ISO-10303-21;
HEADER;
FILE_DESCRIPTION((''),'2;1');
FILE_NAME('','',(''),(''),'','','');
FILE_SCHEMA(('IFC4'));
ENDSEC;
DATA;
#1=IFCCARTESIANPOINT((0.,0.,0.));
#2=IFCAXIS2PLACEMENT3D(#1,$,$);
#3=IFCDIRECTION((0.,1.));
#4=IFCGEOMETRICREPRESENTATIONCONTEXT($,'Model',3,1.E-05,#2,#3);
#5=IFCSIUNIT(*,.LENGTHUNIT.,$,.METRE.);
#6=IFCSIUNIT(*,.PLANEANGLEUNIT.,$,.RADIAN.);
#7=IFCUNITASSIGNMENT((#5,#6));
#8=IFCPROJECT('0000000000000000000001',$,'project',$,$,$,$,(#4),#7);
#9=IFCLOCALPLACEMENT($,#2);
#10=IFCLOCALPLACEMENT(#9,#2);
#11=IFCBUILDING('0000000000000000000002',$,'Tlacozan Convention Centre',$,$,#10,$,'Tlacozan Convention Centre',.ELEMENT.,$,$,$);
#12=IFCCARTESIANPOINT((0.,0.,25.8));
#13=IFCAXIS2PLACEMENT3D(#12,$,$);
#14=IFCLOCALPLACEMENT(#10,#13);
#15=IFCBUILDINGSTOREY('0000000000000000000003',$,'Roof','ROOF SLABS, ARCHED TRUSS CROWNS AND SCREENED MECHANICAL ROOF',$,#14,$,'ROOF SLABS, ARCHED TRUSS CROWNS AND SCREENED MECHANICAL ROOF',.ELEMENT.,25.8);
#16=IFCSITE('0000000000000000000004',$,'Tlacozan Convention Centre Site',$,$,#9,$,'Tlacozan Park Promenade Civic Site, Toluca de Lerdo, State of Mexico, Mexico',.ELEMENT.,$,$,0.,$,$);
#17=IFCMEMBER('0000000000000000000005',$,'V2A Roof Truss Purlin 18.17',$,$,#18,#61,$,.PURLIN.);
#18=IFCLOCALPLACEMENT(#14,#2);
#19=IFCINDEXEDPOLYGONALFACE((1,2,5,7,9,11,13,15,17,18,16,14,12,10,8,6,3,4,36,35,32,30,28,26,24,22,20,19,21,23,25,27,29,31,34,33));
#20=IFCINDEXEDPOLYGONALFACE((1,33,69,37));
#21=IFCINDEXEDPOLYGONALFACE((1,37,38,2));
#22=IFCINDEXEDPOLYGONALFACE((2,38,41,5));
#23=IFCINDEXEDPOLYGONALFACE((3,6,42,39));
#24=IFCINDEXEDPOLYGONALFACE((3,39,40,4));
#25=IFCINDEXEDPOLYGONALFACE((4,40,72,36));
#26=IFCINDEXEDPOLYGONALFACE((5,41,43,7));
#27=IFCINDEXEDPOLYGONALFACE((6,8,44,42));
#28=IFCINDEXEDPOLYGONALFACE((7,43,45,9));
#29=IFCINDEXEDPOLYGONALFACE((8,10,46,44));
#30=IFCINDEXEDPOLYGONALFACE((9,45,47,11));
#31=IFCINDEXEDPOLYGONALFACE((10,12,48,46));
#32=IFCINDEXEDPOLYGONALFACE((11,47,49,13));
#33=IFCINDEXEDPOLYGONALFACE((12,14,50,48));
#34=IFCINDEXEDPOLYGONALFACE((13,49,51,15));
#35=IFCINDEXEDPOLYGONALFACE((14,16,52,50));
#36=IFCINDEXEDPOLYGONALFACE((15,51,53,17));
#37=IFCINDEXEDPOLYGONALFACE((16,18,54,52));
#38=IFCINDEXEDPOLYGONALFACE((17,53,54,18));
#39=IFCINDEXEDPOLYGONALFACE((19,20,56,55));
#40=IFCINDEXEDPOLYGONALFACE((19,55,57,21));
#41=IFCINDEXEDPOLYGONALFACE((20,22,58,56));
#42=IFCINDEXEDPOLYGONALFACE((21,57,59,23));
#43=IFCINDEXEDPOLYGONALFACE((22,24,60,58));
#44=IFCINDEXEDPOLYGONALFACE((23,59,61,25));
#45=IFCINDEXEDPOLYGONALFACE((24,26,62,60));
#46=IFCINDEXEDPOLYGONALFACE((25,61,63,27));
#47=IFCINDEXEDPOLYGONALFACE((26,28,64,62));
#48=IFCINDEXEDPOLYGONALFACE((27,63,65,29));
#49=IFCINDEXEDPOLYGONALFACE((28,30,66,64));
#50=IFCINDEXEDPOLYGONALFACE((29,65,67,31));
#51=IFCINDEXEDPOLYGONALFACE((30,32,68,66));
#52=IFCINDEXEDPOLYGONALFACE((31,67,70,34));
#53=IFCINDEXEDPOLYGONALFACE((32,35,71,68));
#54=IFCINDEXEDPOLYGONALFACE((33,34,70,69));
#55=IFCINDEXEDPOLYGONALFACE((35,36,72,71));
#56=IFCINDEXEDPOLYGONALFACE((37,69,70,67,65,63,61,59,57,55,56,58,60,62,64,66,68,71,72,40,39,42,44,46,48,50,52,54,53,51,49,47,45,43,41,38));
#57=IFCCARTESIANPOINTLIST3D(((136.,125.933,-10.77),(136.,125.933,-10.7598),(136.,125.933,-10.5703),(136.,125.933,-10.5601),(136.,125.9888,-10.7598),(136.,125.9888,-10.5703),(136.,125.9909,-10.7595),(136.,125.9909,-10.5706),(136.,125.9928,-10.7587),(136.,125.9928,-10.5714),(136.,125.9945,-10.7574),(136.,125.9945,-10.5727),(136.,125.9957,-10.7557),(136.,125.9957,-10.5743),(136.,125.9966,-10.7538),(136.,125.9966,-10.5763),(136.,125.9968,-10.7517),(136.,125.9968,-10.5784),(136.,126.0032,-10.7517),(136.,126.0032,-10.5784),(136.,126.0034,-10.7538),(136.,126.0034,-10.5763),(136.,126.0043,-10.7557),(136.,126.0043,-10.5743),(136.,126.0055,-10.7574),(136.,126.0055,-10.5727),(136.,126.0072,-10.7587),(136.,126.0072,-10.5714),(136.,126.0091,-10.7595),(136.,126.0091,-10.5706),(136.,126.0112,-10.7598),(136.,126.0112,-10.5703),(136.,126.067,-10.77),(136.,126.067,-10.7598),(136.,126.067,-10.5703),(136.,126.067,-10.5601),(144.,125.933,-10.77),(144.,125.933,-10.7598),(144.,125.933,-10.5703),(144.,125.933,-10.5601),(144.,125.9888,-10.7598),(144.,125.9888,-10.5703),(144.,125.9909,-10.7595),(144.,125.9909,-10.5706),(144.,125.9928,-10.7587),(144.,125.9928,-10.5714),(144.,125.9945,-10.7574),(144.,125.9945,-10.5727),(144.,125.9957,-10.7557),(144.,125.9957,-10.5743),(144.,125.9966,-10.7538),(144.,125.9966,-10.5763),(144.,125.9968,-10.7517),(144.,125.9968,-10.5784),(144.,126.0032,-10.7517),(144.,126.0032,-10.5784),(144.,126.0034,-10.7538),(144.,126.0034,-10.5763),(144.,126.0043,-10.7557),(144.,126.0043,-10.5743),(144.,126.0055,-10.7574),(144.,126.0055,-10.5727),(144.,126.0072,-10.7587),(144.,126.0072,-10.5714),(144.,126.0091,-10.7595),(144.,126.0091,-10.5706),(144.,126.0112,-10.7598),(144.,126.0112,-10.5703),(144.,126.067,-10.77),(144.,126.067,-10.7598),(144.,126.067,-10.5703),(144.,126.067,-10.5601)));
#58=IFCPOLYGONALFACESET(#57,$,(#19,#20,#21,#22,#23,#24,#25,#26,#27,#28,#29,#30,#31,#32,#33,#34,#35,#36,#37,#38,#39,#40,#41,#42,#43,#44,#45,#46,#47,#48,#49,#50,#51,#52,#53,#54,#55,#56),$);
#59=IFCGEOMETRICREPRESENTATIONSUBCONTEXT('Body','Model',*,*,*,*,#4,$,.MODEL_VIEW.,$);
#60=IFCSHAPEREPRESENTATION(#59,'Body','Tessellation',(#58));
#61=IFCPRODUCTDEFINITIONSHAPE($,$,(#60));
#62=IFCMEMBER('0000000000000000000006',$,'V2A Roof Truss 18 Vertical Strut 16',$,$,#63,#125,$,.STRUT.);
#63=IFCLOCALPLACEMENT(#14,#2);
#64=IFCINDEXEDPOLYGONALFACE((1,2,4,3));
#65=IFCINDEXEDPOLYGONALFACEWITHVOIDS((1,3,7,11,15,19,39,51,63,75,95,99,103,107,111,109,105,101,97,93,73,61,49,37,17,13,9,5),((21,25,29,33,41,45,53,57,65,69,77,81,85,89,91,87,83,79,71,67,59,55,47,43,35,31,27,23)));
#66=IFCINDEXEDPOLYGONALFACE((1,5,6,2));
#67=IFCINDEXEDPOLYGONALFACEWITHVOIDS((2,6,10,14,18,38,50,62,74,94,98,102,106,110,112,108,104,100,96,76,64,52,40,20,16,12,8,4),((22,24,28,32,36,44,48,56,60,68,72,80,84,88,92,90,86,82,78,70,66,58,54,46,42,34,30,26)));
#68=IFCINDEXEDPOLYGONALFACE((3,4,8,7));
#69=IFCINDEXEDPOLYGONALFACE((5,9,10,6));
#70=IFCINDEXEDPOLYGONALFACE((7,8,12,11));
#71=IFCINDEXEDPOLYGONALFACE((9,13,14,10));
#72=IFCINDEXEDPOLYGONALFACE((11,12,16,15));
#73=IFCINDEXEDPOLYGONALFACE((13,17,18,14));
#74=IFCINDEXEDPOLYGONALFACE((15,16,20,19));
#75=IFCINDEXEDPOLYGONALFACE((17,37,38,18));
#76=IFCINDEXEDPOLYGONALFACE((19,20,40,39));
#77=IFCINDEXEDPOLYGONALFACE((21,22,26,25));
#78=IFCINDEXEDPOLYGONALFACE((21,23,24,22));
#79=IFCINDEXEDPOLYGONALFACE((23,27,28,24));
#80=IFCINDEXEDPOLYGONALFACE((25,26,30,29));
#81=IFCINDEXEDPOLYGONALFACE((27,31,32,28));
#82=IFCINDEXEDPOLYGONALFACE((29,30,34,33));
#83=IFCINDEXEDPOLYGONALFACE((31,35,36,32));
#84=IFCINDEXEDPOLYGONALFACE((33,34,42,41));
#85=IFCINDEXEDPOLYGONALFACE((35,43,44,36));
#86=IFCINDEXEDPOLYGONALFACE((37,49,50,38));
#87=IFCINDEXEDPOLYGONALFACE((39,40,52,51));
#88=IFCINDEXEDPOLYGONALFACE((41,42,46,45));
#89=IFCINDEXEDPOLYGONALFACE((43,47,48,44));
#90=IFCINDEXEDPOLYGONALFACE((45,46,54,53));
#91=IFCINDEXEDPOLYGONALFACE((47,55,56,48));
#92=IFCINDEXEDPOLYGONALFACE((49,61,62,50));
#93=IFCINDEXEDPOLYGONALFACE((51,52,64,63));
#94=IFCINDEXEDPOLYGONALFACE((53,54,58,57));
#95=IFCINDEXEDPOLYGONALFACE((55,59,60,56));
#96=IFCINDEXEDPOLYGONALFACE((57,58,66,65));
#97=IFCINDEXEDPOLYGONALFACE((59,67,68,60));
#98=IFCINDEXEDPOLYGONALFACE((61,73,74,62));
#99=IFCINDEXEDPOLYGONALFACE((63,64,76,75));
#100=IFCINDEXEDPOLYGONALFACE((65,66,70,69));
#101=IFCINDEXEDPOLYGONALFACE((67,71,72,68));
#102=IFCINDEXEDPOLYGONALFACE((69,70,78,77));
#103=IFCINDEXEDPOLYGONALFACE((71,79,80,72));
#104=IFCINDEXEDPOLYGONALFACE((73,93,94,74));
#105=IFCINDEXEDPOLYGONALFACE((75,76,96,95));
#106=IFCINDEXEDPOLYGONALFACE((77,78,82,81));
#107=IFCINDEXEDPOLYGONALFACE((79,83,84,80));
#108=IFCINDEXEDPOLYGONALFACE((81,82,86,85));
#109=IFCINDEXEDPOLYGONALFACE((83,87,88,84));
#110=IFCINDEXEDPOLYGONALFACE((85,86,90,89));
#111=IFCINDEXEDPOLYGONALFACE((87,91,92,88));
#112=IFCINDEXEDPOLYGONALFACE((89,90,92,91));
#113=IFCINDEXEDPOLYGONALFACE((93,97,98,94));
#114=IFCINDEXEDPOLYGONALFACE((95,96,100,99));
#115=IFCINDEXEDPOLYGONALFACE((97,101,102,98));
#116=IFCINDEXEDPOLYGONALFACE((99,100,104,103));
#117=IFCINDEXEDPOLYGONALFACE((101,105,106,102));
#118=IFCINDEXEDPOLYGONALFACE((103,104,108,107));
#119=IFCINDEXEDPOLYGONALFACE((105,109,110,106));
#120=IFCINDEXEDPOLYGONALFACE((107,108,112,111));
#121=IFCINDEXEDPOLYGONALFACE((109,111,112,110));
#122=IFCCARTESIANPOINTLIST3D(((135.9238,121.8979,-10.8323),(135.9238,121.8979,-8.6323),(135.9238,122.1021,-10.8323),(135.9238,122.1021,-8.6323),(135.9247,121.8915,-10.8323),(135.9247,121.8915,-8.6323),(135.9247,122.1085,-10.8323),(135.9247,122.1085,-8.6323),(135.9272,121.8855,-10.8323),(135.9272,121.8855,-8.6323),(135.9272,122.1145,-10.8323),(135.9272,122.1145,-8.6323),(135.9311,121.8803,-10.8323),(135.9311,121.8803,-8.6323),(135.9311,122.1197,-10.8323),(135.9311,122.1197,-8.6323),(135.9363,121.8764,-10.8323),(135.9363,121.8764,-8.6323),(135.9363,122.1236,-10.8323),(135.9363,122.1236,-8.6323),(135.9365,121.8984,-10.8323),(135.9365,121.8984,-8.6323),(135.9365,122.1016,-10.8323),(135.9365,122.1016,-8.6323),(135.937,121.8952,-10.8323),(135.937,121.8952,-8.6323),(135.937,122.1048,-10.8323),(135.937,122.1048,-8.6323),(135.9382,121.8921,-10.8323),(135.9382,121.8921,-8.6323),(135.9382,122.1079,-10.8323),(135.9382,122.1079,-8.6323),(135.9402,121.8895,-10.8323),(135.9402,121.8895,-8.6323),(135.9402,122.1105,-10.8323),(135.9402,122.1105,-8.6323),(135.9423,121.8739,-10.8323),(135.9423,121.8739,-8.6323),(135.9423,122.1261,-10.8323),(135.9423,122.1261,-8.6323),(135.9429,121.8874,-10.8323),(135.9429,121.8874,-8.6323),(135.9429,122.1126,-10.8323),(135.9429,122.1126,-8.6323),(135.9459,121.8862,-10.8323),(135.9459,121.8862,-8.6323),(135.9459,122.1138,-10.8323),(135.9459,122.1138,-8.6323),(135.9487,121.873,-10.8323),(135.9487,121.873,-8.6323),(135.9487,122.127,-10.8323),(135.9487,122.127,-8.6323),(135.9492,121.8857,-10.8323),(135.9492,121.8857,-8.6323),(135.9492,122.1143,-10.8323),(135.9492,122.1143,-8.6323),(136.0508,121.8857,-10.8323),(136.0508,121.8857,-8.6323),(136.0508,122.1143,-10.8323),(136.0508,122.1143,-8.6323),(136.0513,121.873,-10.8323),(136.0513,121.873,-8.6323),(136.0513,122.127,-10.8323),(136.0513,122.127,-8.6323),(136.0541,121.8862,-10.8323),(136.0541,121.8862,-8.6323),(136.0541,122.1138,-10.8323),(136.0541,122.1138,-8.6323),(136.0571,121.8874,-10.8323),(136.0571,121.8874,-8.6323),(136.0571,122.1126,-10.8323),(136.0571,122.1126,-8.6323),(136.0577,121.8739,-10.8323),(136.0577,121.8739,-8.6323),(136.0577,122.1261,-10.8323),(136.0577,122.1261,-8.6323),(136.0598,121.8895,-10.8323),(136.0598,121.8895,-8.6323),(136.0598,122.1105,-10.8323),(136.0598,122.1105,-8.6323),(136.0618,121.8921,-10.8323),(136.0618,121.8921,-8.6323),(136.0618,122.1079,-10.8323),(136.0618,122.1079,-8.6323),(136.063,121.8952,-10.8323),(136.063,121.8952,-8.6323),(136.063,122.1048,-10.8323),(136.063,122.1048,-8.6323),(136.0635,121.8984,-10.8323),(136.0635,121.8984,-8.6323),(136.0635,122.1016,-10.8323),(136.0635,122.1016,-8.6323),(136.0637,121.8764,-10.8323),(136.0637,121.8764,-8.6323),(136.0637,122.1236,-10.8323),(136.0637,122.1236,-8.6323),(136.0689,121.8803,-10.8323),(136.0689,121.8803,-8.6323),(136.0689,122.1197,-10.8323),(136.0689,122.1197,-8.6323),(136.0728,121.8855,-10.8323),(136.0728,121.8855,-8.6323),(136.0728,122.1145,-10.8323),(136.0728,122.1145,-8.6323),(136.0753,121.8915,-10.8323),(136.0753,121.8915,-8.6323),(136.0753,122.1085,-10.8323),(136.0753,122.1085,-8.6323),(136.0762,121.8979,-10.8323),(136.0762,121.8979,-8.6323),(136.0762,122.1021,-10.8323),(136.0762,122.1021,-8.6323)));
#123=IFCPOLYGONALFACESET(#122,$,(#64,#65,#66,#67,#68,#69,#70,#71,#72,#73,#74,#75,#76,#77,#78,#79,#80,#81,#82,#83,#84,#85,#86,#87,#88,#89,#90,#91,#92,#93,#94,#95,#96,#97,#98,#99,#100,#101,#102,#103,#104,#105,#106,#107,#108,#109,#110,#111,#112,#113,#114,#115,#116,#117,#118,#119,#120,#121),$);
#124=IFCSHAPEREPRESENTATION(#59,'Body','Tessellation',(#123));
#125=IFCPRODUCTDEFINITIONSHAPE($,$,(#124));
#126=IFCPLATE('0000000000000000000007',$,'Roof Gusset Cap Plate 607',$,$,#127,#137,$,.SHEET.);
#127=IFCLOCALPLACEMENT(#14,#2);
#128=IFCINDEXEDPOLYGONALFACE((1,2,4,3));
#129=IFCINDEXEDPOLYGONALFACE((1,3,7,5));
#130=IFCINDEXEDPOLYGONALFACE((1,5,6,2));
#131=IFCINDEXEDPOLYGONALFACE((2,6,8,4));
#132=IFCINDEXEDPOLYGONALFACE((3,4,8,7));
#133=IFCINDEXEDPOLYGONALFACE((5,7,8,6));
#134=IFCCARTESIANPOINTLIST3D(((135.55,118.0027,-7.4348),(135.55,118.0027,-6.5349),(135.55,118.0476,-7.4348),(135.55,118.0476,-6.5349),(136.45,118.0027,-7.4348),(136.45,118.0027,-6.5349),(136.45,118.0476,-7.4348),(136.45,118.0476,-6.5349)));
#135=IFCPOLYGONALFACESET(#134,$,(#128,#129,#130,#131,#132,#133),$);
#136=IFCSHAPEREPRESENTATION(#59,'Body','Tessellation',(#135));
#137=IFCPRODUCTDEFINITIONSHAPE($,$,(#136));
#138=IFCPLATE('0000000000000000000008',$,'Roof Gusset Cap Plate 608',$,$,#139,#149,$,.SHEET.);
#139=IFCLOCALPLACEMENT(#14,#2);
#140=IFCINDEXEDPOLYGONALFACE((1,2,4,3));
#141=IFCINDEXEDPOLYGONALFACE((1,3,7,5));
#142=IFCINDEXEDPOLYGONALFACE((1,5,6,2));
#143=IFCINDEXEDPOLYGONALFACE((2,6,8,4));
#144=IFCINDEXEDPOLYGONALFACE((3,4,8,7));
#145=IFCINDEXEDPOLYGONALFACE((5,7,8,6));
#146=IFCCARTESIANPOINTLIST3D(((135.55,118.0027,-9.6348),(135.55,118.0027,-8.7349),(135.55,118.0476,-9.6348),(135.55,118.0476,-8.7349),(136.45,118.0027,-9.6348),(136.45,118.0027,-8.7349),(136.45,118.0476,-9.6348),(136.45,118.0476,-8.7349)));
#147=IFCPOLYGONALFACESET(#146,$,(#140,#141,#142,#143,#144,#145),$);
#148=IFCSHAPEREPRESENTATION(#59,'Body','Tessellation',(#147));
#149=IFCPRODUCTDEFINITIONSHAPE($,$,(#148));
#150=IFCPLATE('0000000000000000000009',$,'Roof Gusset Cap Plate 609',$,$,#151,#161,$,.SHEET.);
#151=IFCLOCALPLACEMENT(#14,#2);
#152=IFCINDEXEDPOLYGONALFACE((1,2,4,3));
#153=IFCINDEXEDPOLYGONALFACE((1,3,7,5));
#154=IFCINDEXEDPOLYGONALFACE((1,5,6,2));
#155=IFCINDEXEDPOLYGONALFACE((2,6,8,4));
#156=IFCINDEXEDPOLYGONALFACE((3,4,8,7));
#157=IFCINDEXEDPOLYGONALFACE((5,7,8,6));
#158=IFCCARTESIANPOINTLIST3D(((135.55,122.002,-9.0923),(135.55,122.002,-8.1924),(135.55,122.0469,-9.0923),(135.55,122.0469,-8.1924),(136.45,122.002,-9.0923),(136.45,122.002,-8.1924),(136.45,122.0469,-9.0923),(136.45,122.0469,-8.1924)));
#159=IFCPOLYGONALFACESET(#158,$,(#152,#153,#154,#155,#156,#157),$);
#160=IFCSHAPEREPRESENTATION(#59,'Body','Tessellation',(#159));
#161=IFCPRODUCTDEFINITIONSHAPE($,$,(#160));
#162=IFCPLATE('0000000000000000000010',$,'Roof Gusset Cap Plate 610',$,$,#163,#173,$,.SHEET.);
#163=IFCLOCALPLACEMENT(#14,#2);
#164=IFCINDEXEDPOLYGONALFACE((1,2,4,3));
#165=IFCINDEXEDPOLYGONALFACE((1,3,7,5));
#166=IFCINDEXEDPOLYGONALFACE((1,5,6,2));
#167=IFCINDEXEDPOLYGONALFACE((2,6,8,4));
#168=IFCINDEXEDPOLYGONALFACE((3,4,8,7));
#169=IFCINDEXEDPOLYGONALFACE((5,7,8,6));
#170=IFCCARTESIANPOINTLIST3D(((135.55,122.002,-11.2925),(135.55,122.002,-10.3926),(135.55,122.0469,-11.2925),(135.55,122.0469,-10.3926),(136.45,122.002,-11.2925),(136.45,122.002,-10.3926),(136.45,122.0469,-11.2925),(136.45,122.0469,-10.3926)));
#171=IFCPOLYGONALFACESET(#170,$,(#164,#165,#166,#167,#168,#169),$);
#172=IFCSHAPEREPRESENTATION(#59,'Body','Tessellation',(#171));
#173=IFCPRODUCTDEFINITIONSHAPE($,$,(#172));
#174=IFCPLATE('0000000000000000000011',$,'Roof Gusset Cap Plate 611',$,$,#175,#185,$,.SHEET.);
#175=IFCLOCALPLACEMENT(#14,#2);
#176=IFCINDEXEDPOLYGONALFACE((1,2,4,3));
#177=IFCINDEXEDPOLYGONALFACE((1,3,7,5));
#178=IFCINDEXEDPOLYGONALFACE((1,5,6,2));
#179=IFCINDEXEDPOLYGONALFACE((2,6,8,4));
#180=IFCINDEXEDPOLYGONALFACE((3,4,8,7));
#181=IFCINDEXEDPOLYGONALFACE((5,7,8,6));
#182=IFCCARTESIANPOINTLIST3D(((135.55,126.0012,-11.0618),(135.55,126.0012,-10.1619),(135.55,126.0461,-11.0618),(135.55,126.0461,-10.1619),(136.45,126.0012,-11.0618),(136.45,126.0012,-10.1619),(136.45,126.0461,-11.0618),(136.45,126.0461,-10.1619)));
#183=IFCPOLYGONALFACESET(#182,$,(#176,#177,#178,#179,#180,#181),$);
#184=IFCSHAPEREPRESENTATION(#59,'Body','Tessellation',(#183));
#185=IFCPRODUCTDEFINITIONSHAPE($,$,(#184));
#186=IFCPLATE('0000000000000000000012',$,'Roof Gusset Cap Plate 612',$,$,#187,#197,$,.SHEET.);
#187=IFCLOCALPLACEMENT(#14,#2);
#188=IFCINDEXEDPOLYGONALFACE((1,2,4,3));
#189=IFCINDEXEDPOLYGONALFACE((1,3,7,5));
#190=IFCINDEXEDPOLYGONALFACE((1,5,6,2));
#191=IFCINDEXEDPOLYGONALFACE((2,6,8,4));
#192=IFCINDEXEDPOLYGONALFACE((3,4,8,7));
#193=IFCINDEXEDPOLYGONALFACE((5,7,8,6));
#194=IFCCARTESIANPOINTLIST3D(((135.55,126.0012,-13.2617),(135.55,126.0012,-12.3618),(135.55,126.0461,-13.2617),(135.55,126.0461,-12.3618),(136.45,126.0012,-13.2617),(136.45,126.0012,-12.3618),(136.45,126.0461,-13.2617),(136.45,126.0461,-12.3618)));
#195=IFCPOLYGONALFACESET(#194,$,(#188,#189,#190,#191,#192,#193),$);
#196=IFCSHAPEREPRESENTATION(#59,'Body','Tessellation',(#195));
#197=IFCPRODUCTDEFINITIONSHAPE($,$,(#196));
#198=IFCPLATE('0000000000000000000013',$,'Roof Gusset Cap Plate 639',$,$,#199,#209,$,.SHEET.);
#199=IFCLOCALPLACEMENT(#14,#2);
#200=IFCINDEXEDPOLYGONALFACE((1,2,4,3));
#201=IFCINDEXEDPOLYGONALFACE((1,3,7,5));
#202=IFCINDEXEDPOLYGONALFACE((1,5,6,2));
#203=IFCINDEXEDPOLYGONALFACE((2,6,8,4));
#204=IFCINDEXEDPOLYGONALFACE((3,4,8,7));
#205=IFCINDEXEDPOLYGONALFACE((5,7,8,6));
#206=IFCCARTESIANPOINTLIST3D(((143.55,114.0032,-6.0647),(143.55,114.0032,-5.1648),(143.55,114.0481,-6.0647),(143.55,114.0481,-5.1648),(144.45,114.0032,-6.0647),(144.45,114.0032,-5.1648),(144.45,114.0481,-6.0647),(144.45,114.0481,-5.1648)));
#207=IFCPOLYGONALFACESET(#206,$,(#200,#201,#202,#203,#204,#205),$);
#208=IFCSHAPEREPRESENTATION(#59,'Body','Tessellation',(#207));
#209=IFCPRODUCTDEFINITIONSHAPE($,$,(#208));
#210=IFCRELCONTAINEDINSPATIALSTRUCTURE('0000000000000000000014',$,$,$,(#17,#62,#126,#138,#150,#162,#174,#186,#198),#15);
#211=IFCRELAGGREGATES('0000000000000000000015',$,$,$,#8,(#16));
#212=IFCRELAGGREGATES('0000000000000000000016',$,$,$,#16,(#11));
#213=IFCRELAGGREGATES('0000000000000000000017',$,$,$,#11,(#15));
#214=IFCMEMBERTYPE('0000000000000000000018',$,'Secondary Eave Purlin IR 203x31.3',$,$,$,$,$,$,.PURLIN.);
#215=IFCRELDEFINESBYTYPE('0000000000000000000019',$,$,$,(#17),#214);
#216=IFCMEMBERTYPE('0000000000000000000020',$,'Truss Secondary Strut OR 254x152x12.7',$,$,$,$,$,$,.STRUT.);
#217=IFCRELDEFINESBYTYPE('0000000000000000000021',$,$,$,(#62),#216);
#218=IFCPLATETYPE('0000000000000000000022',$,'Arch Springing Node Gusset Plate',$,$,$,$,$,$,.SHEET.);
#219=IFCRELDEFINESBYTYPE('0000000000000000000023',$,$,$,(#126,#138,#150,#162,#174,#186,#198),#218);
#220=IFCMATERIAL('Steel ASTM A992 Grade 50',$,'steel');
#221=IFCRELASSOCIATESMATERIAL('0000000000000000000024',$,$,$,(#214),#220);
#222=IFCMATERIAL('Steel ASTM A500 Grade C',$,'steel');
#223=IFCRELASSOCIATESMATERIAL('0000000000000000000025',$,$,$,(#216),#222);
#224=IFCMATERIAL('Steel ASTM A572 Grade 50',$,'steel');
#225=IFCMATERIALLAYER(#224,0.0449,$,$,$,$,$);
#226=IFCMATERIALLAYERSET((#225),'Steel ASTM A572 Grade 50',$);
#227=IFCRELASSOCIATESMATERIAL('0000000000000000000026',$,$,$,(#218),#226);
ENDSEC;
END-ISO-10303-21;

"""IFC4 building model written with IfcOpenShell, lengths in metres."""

from ifc_helpers import new_model, si_unit, direction, frame, origin, origin_2d, place, context, subcontext, project, spatial, rectangle, hollow_rectangle, i_section, extrude, material, layer, layer_set, material_profile, profile_set, type_object, element, save


model = new_model("IFC4")

# Units and contexts
model_context = context("Model", 3, precision=1e-05, world=origin(), true_north=direction((0.0, 1.0)))
body_context = subcontext(model_context, "Body", "Model", "MODEL_VIEW")
ifc_project = project(units=[si_unit("LENGTHUNIT", "METRE"), si_unit("PLANEANGLEUNIT", "RADIAN")], contexts=[model_context])

# Site, building, storey
site_placement = place(None, origin())
site = spatial("IfcSite", under=ifc_project, at=site_placement, Name="Tlacozan Convention Centre Site", LongName="Tlacozan Park Promenade Civic Site, Toluca de Lerdo, State of Mexico, Mexico", CompositionType="ELEMENT", RefElevation=0.0)
building_placement = place(site_placement, origin())
building = spatial("IfcBuilding", under=site, at=building_placement, Name="Tlacozan Convention Centre", LongName="Tlacozan Convention Centre", CompositionType="ELEMENT")
storey_placement = place(building_placement, frame((0.0, 0.0, 25.8)))
storey = spatial("IfcBuildingStorey", under=building, at=storey_placement, Name="Roof", Description="ROOF SLABS, ARCHED TRUSS CROWNS AND SCREENED MECHANICAL ROOF", LongName="ROOF SLABS, ARCHED TRUSS CROWNS AND SCREENED MECHANICAL ROOF", CompositionType="ELEMENT", Elevation=25.8)

# Members
ifc_material_1 = material(Name="Steel ASTM A500 Grade C", Category="steel")
ifc_material_2 = material(Name="Steel ASTM A992 Grade 50", Category="steel")
ifc_material_profile_1 = material_profile(ifc_material_2, i_section(OverallWidth=0.134, OverallDepth=0.21, WebThickness=0.0063, FlangeThickness=0.0103, FilletRadius=0.0081, at=origin_2d()), Name="IR 203x31.3")
ifc_profile_set_1 = profile_set([ifc_material_profile_1], Name="Steel ASTM A992 Grade 50")
member_type_1 = type_object("IfcMemberType", Name="Secondary Eave Purlin IR 203x31.3", PredefinedType="PURLIN", material=ifc_profile_set_1)
member_1_placement = place(storey_placement, frame((136.0, 126.0, -10.665), z_axis=(1.0, 0.0, 0.0), x_axis=(0.0, 1.0, 0.0)))
element("IfcMember", 1, at=member_1_placement, inside=storey, type_object=member_type_1, Name="V2A Roof Truss Purlin 18.17", PredefinedType="PURLIN", context=body_context, shape_type="SweptSolid", body=[
    extrude(i_section(OverallWidth=0.134, OverallDepth=0.21, WebThickness=0.0063, FlangeThickness=0.0103, FilletRadius=0.0081, at=origin_2d()), origin(), (0.0, 0.0, 1.0), 8.0),
])
ifc_material_profile_2 = material_profile(ifc_material_1, hollow_rectangle(XDim=0.1523, YDim=0.2539, WallThickness=0.0127, InnerFilletRadius=0.0127, OuterFilletRadius=0.0249, at=origin_2d()), Name="OR 254x152x12.7")
ifc_profile_set_2 = profile_set([ifc_material_profile_2], Name="Steel ASTM A500 Grade C")
member_type_2 = type_object("IfcMemberType", Name="Truss Secondary Strut OR 254x152x12.7", PredefinedType="STRUT", material=ifc_profile_set_2)
member_2_placement = place(storey_placement, frame((136.0, 122.0, -10.8323), z_axis=(0.0, 0.0, 1.0), x_axis=(1.0, 0.0, 0.0)))
element("IfcMember", 2, at=member_2_placement, inside=storey, type_object=member_type_2, Name="V2A Roof Truss 18 Vertical Strut 16", PredefinedType="STRUT", context=body_context, shape_type="SweptSolid", body=[
    extrude(hollow_rectangle(XDim=0.1523, YDim=0.2539, WallThickness=0.0127, InnerFilletRadius=0.0127, OuterFilletRadius=0.0249, at=origin_2d()), origin(), (0.0, 0.0, 1.0), 2.2),
])

# Plates
ifc_material_3 = material(Name="Steel ASTM A572 Grade 50", Category="steel")
ifc_layer = layer(ifc_material_3, 0.0449)
ifc_layer_set = layer_set([ifc_layer], Name="Steel ASTM A572 Grade 50")
plate_type = type_object("IfcPlateType", Name="Arch Springing Node Gusset Plate", PredefinedType="SHEET", material=ifc_layer_set)
for number, where, z_axis, x_axis, name in (
    (3, (136.0, 118.0251, -7.4348), (0.0, 0.0, 1.0), (0.0, 1.0, 0.0), "Roof Gusset Cap Plate 607"),
    (4, (136.0, 118.0251, -9.6348), (0.0, 0.0, 1.0), (0.0, 1.0, 0.0), "Roof Gusset Cap Plate 608"),
    (5, (136.0, 122.0244, -9.0923), (0.0, 0.0, 1.0), (0.0, 1.0, 0.0), "Roof Gusset Cap Plate 609"),
    (6, (136.0, 122.0244, -11.2925), (0.0, 0.0, 1.0), (0.0, 1.0, 0.0), "Roof Gusset Cap Plate 610"),
    (7, (136.0, 126.0237, -11.0618), (0.0, 0.0, 1.0), (0.0, 1.0, 0.0), "Roof Gusset Cap Plate 611"),
    (8, (136.0, 126.0237, -13.2617), (0.0, 0.0, 1.0), (0.0, 1.0, 0.0), "Roof Gusset Cap Plate 612"),
    (9, (144.0, 114.0256, -6.0647), (0.0, 0.0, 1.0), (0.0, 1.0, 0.0), "Roof Gusset Cap Plate 639"),
):
    element("IfcPlate", number, at=place(storey_placement, frame(where, z_axis=z_axis, x_axis=x_axis)), inside=storey, type_object=plate_type, Name=name, PredefinedType="SHEET", context=body_context, shape_type="SweptSolid", body=[
        extrude(rectangle(XDim=0.0449, YDim=0.8999, at=origin_2d()), origin(), (0.0, 0.0, 1.0), 0.8999),
    ])

save(model, "model.ifc")
